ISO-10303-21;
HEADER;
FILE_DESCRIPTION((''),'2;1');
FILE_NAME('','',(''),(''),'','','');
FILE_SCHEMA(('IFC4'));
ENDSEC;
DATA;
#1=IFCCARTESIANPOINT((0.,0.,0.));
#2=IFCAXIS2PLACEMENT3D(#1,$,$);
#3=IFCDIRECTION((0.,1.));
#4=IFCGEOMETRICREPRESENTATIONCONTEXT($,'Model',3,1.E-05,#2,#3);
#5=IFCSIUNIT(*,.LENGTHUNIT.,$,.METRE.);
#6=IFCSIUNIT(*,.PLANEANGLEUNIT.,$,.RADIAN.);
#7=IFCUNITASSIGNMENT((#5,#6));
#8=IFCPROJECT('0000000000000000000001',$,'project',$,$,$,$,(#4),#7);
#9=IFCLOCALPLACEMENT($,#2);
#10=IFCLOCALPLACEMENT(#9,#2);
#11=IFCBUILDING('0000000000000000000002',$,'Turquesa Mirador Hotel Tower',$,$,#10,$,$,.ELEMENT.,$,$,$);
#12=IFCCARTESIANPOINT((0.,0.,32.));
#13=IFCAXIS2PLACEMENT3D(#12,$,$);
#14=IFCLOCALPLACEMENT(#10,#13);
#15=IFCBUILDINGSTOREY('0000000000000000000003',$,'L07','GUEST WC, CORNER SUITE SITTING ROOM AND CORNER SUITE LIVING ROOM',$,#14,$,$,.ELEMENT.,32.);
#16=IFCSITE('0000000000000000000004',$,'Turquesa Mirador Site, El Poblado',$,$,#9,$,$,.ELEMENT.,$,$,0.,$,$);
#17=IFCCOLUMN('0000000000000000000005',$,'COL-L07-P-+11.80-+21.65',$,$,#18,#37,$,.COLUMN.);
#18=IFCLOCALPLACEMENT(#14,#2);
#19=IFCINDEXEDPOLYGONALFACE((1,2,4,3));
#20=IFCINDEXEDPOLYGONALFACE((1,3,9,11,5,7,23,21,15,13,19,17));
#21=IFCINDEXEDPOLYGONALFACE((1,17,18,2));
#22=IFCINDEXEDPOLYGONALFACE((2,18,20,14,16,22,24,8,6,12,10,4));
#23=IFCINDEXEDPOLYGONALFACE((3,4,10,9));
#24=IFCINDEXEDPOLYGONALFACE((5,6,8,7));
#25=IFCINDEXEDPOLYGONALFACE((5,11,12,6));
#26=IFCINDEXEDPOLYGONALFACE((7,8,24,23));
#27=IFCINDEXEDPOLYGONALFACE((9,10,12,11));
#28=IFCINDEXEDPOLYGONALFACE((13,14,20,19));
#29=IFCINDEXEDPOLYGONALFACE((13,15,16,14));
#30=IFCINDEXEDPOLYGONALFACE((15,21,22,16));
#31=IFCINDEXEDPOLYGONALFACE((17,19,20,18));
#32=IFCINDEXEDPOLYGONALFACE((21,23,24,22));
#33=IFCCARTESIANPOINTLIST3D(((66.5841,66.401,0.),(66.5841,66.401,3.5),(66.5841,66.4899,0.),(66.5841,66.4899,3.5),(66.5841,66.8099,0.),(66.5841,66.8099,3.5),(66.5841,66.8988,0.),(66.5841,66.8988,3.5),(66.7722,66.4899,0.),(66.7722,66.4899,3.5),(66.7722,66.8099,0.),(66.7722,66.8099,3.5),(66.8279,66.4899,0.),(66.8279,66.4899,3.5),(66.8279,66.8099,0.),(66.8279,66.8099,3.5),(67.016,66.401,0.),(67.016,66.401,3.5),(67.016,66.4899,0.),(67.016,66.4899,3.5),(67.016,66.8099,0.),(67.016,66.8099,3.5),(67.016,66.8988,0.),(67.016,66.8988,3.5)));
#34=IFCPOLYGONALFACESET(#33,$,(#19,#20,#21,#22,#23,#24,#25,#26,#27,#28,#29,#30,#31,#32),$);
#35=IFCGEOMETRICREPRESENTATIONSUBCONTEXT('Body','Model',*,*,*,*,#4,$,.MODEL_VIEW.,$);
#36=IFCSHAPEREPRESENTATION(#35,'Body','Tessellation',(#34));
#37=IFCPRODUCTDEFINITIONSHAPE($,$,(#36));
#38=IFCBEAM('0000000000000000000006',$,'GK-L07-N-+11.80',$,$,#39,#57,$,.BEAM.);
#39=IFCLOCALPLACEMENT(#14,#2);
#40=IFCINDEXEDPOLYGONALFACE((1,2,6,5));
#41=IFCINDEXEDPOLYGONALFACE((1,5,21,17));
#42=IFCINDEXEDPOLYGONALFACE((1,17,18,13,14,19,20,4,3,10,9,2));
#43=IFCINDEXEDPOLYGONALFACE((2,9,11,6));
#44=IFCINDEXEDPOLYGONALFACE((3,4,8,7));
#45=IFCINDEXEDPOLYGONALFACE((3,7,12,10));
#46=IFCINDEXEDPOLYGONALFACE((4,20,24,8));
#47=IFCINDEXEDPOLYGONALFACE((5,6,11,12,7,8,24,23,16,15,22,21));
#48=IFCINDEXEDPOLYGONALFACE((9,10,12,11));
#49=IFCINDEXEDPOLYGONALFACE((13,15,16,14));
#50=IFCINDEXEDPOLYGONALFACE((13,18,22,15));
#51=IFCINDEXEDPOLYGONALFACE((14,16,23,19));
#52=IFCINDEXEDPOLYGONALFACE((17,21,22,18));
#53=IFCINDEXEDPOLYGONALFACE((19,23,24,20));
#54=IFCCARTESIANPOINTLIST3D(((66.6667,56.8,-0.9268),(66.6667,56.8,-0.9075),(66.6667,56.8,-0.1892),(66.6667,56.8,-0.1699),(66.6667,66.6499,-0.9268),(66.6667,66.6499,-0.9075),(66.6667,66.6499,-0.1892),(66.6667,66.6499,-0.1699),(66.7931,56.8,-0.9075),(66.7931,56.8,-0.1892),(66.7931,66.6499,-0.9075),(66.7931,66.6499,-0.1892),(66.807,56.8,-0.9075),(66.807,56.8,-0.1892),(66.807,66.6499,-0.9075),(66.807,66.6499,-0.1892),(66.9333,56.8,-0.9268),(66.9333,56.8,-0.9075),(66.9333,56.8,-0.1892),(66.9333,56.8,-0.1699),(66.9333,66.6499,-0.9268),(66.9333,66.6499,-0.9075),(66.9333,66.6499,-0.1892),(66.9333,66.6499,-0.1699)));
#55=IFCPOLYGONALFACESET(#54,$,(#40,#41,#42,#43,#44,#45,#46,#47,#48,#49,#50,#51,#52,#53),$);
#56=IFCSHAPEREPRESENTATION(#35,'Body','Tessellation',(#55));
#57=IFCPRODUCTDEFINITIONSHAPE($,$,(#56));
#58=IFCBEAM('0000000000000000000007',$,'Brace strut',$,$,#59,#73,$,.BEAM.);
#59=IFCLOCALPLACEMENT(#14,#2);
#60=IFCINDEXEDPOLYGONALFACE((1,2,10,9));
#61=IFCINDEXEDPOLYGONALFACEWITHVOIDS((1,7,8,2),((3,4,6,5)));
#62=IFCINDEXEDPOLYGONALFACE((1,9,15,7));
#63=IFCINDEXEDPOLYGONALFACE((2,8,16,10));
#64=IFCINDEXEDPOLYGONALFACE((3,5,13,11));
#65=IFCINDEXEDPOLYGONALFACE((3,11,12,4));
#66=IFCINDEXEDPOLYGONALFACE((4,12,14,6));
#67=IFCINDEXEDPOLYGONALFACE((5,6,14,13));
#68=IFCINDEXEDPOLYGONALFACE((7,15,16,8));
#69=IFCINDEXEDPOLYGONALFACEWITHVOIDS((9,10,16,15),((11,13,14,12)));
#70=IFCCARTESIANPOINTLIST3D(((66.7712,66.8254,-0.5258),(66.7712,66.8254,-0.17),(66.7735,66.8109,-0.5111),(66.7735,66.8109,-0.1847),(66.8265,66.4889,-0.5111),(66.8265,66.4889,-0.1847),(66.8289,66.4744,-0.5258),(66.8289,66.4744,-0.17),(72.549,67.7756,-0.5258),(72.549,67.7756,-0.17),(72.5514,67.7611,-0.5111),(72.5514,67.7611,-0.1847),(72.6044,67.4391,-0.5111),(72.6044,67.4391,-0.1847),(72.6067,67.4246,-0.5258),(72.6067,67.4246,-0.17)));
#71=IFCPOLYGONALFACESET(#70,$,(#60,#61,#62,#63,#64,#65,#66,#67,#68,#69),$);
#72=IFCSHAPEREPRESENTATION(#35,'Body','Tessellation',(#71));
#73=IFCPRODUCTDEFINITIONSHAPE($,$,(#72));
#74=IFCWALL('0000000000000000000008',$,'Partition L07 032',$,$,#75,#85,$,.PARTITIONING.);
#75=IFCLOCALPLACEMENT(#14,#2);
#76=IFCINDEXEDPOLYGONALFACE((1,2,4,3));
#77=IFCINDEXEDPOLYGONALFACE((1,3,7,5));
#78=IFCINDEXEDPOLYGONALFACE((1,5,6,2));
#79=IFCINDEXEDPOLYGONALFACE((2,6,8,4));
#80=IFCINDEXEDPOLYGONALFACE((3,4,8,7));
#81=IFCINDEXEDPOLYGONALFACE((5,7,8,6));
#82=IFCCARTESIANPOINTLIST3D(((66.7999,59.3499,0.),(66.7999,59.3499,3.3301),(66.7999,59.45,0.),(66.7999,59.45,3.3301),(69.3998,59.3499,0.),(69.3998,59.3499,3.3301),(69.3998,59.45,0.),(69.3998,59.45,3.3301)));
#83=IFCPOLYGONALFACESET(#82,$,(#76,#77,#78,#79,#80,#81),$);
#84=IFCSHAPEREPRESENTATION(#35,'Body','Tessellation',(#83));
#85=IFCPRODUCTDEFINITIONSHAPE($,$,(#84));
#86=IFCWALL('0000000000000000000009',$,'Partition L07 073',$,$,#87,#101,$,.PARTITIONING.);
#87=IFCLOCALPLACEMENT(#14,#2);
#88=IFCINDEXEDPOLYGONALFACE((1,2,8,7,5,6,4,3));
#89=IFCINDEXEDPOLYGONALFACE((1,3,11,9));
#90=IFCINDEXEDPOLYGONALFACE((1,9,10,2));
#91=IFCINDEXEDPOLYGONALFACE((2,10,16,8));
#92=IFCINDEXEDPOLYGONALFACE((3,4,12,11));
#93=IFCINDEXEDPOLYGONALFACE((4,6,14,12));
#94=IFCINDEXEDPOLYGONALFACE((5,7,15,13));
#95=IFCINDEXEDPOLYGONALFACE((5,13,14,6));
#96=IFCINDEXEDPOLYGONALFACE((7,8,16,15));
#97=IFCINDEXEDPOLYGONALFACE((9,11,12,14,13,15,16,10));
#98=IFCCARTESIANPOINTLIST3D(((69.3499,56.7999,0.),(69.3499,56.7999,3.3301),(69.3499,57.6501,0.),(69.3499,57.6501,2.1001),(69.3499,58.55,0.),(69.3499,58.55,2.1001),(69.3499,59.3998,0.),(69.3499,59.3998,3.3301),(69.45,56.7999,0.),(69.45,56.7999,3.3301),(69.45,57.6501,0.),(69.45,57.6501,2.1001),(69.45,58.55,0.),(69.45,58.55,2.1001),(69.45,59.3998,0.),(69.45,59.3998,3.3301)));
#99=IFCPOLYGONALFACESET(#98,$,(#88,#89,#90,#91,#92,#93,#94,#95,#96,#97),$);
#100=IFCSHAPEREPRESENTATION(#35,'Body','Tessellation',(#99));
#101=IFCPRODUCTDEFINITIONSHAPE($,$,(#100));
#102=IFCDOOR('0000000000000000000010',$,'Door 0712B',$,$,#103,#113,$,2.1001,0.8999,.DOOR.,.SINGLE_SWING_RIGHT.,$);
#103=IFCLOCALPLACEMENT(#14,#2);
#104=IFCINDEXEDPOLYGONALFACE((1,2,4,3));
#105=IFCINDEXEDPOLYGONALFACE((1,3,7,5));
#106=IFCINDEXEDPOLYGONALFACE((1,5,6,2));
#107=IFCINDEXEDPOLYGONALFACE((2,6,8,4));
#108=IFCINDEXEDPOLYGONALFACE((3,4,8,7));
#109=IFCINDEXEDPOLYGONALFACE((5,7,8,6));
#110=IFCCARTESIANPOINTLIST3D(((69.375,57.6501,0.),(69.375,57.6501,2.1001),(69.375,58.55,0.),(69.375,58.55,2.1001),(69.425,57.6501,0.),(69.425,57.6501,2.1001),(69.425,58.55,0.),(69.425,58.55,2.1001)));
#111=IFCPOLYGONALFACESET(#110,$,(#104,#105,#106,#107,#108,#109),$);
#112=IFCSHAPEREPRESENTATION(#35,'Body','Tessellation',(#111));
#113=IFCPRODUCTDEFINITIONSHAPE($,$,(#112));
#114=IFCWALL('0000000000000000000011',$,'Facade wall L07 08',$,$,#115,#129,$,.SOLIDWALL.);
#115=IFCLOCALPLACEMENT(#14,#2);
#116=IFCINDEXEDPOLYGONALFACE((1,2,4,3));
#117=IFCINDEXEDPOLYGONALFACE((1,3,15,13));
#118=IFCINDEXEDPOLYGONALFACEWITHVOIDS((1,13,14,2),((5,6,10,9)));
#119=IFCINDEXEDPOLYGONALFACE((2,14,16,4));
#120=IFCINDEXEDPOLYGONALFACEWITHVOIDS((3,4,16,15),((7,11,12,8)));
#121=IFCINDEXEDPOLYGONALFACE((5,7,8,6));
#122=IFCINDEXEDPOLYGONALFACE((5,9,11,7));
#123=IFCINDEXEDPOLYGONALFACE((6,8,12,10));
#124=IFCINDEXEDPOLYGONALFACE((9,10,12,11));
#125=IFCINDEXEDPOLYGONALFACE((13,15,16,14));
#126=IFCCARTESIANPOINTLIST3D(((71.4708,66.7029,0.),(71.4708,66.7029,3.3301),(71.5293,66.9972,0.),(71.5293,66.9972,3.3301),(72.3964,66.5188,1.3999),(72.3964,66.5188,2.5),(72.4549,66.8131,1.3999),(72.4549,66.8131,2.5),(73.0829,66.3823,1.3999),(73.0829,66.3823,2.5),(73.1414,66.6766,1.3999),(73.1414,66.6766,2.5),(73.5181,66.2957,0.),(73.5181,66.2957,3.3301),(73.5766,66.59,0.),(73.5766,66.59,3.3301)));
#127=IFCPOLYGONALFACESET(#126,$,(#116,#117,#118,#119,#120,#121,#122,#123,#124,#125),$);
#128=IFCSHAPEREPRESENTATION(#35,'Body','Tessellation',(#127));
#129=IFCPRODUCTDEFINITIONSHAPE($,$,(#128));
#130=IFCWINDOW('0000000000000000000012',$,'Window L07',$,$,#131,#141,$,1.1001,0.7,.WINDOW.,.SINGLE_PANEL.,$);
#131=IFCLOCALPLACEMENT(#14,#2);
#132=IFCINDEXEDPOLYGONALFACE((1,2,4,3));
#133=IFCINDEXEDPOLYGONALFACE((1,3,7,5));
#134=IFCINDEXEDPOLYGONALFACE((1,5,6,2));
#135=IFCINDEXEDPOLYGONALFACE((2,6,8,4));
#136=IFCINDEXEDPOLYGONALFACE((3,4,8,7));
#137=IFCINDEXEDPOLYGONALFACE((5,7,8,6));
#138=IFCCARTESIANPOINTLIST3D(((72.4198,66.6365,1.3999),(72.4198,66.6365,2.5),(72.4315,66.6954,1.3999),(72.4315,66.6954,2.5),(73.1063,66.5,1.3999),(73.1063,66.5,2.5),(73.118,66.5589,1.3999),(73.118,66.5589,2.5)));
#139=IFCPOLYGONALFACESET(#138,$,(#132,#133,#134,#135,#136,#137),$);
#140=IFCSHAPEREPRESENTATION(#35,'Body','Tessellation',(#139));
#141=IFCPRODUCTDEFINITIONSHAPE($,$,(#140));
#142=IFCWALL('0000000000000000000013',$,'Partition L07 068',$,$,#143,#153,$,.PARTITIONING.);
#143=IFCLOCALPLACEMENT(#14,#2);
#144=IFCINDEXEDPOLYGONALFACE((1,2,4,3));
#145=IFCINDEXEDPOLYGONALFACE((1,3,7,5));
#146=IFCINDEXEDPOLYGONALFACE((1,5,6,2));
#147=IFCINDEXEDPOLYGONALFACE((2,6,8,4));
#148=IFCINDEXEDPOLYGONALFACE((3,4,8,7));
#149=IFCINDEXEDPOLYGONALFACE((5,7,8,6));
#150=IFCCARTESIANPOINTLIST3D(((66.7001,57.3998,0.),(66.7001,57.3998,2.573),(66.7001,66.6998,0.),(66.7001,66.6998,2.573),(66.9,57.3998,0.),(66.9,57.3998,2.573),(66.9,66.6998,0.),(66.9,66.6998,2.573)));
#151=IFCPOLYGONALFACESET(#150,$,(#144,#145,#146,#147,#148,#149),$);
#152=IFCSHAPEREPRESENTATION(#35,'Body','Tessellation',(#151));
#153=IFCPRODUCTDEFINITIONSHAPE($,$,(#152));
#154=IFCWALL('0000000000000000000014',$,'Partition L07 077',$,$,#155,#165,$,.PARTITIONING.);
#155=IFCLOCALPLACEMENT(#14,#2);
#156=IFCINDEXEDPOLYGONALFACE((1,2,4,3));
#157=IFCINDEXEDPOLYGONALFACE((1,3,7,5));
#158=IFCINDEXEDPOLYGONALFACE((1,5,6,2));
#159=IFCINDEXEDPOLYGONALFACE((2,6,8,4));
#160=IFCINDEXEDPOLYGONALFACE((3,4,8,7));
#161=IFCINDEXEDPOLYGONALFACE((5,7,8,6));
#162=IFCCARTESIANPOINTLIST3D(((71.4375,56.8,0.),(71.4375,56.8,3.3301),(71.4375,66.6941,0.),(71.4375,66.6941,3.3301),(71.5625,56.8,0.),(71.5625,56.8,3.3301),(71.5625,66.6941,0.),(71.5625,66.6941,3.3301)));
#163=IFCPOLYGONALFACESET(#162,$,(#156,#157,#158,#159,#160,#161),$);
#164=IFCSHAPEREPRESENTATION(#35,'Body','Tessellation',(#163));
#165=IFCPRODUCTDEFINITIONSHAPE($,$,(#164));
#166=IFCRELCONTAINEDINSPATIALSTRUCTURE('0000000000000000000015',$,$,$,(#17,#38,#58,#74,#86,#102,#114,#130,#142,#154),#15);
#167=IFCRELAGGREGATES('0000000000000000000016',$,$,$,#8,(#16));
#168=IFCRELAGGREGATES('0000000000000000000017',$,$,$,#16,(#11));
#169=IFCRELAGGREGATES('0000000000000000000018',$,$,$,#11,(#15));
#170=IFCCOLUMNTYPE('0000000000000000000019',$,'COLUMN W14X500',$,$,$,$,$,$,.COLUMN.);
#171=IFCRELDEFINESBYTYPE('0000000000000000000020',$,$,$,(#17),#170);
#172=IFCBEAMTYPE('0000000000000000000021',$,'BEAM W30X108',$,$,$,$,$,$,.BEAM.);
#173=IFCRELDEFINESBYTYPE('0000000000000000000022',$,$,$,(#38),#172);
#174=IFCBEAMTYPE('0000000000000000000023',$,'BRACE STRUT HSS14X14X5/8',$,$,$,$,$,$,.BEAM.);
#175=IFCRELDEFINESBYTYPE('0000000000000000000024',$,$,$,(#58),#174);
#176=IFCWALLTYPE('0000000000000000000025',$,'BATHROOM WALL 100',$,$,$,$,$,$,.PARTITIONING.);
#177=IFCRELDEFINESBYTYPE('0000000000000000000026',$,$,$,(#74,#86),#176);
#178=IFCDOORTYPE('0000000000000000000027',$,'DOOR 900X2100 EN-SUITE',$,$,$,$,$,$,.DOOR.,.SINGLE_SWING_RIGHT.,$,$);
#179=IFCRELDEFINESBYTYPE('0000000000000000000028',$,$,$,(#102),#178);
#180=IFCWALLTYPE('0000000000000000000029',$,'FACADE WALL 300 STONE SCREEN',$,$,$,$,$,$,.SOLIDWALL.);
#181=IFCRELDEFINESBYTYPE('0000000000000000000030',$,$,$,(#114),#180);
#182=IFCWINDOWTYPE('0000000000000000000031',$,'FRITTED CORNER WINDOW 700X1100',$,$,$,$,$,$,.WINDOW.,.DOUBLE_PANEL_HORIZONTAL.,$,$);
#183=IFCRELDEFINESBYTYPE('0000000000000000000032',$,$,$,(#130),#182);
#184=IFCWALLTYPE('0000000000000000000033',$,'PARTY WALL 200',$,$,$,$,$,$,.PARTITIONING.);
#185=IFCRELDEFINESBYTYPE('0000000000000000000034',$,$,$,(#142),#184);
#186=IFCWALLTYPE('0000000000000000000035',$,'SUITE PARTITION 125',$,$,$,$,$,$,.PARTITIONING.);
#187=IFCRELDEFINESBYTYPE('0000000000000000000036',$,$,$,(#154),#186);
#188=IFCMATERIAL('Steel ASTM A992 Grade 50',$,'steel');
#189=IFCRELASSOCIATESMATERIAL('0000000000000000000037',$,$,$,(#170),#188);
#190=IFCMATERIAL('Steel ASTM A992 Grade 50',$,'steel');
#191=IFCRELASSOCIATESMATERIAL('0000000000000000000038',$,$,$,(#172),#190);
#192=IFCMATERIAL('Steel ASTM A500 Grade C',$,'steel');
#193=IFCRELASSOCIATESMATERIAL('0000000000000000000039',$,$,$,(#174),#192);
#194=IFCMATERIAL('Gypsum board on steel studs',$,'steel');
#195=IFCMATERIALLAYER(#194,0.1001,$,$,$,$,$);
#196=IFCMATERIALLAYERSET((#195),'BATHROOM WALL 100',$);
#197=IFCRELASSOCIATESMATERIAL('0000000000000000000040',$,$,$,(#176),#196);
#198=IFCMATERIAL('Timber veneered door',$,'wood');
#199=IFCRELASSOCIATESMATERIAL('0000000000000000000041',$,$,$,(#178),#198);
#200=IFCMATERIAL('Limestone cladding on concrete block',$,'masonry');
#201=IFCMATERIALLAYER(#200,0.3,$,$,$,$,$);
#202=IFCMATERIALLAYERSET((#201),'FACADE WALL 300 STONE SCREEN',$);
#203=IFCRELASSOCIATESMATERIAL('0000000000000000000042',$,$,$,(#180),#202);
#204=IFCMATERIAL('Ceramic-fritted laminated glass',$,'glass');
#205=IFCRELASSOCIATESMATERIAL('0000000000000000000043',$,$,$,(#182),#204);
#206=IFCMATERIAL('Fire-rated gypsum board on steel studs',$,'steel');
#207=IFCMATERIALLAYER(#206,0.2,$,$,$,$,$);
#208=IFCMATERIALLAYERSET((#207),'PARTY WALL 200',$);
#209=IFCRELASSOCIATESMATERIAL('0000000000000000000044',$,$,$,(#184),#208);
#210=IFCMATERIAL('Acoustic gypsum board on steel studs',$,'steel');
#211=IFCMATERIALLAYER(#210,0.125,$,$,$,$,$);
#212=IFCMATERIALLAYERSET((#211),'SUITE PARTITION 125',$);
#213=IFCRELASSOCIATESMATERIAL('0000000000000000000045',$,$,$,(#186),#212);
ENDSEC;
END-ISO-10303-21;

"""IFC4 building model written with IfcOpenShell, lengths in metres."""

from ifc_helpers import new_model, si_unit, direction, frame, frame_2d, origin, origin_2d, place, context, subcontext, project, spatial, rectangle, hollow_rectangle, i_section, extrude, material, layer, layer_set, material_profile, profile_set, type_object, element, fill, save


model = new_model("IFC4")

# Units and contexts
model_context = context("Model", 3, precision=1e-05, world=origin(), true_north=direction((0.0, 1.0)))
body_context = subcontext(model_context, "Body", "Model", "MODEL_VIEW")
ifc_project = project(units=[si_unit("LENGTHUNIT", "METRE"), si_unit("PLANEANGLEUNIT", "RADIAN")], contexts=[model_context])

# Site, building, storey
site_placement = place(None, origin())
site = spatial("IfcSite", under=ifc_project, at=site_placement, Name="Turquesa Mirador Site, El Poblado", CompositionType="ELEMENT", RefElevation=0.0)
building_placement = place(site_placement, origin())
building = spatial("IfcBuilding", under=site, at=building_placement, Name="Turquesa Mirador Hotel Tower", CompositionType="ELEMENT")
storey_placement = place(building_placement, frame((0.0, 0.0, 32.0)))
storey = spatial("IfcBuildingStorey", under=building, at=storey_placement, Name="L07", Description="GUEST WC, CORNER SUITE SITTING ROOM AND CORNER SUITE LIVING ROOM", CompositionType="ELEMENT", Elevation=32.0)

# Column
ifc_material_1 = material(Name="Steel ASTM A992 Grade 50", Category="steel")
ifc_material_profile_1 = material_profile(ifc_material_1, i_section(OverallWidth=0.4319, OverallDepth=0.4978, WebThickness=0.0557, FlangeThickness=0.0889, at=origin_2d()), Name="W14X500")
ifc_profile_set_1 = profile_set([ifc_material_profile_1], Name="Steel ASTM A992 Grade 50")
column_type = type_object("IfcColumnType", Name="COLUMN W14X500", PredefinedType="COLUMN", material=ifc_profile_set_1)
column_placement = place(storey_placement, frame((66.8, 66.6499, 0.0), z_axis=(0.0, 0.0, 1.0), x_axis=(1.0, 0.0, 0.0)))
element("IfcColumn", 1, at=column_placement, inside=storey, type_object=column_type, Name="COL-L07-P-+11.80-+21.65", PredefinedType="COLUMN", context=body_context, shape_type="SweptSolid", body=[
    extrude(i_section(OverallWidth=0.4319, OverallDepth=0.4978, WebThickness=0.0557, FlangeThickness=0.0889, at=origin_2d()), origin(), (0.0, 0.0, 1.0), 3.5),
])

# Beams
ifc_material_2 = material(Name="Steel ASTM A992 Grade 50", Category="steel")
ifc_material_profile_2 = material_profile(ifc_material_2, i_section(OverallWidth=0.2666, OverallDepth=0.7568, WebThickness=0.0139, FlangeThickness=0.0193, at=origin_2d()), Name="W30X108")
ifc_profile_set_2 = profile_set([ifc_material_profile_2], Name="Steel ASTM A992 Grade 50")
beam_type_1 = type_object("IfcBeamType", Name="BEAM W30X108", PredefinedType="BEAM", material=ifc_profile_set_2)
beam_1_placement = place(storey_placement, frame((66.8, 66.6499, -0.5483), z_axis=(0.0, -1.0, 0.0), x_axis=(1.0, 0.0, 0.0)))
element("IfcBeam", 2, at=beam_1_placement, inside=storey, type_object=beam_type_1, Name="GK-L07-N-+11.80", PredefinedType="BEAM", context=body_context, shape_type="SweptSolid", body=[
    extrude(i_section(OverallWidth=0.2666, OverallDepth=0.7568, WebThickness=0.0139, FlangeThickness=0.0193, at=origin_2d()), origin(), (0.0, 0.0, 1.0), 9.8499),
])
ifc_material_3 = material(Name="Steel ASTM A500 Grade C", Category="steel")
ifc_material_profile_3 = material_profile(ifc_material_3, hollow_rectangle(XDim=0.3557, YDim=0.3557, WallThickness=0.0146, at=origin_2d()), Name="HSS14X14X5/8")
ifc_profile_set_3 = profile_set([ifc_material_profile_3], Name="Steel ASTM A500 Grade C")
beam_type_2 = type_object("IfcBeamType", Name="BRACE STRUT HSS14X14X5/8", PredefinedType="BEAM", material=ifc_profile_set_3)
beam_2_placement = place(storey_placement, frame((72.5779, 67.6001, -0.3479), z_axis=(-0.986745, -0.162276, 0.0), x_axis=(0.162276, -0.986745, 0.0)))
element("IfcBeam", 3, at=beam_2_placement, inside=storey, type_object=beam_type_2, Name="Brace strut", PredefinedType="BEAM", context=body_context, shape_type="SweptSolid", body=[
    extrude(hollow_rectangle(XDim=0.3557, YDim=0.3557, WallThickness=0.0146, at=origin_2d()), origin(), (0.0, 0.0, 1.0), 5.8555),
])

# Wall
ifc_material_4 = material(Name="Gypsum board on steel studs", Category="steel")
ifc_layer_1 = layer(ifc_material_4, 0.1001)
ifc_layer_set_1 = layer_set([ifc_layer_1], Name="BATHROOM WALL 100")
wall_type_1 = type_object("IfcWallType", Name="BATHROOM WALL 100", PredefinedType="PARTITIONING", material=ifc_layer_set_1)
wall_1_placement = place(storey_placement, frame((66.8, 59.3999, 0.0), z_axis=(0.0, 0.0, 1.0), x_axis=(1.0, 0.0, 0.0)))
element("IfcWall", 4, at=wall_1_placement, inside=storey, type_object=wall_type_1, Name="Partition L07 032", PredefinedType="PARTITIONING", context=body_context, shape_type="SweptSolid", body=[
    extrude(rectangle(XDim=2.5999, YDim=0.1001, at=frame_2d((1.2998, 0.0))), origin(), (0.0, 0.0, 1.0), 3.3301),
])

# Wall, opening, door
wall_2_placement = place(storey_placement, frame((69.3999, 56.8, 0.0), z_axis=(0.0, 0.0, 1.0), x_axis=(0.0, 1.0, 0.0)))
wall_2 = element("IfcWall", 5, at=wall_2_placement, inside=storey, type_object=wall_type_1, Name="Partition L07 073", PredefinedType="PARTITIONING", context=body_context, shape_type="SweptSolid", body=[
    extrude(rectangle(XDim=2.5999, YDim=0.1001, at=frame_2d((1.2998, 0.0))), origin(), (0.0, 0.0, 1.0), 3.3301),
])
opening_1_placement = place(wall_2_placement, frame((0.8501, 0.0, 0.0)))
opening_1 = element("IfcOpeningElement", 6, at=opening_1_placement, cuts=wall_2, PredefinedType="OPENING", context=body_context, shape_type="SweptSolid", body=[
    extrude(rectangle(XDim=0.8999, YDim=2.1001, at=frame_2d((0.45, 1.05))), frame((0.0, 0.0601, 0.0), z_axis=(0.0, -1.0, 0.0), x_axis=(1.0, 0.0, 0.0)), (0.0, 0.0, 1.0), 0.1201),
])
ifc_material_5 = material(Name="Timber veneered door", Category="wood")
door_type = type_object("IfcDoorType", Name="DOOR 900X2100 EN-SUITE", OperationType="SINGLE_SWING_RIGHT", PredefinedType="DOOR", material=ifc_material_5)
door_placement = place(opening_1_placement, origin())
door = element("IfcDoor", 7, at=door_placement, inside=storey, type_object=door_type, Name="Door 0712B", OperationType="SINGLE_SWING_RIGHT", OverallHeight=2.1001, OverallWidth=0.8999, PredefinedType="DOOR", context=body_context, shape_type="SweptSolid", body=[
    extrude(rectangle(XDim=0.8999, YDim=2.1001, at=frame_2d((0.45, 1.05))), frame((0.0, 0.0249, 0.0), z_axis=(0.0, -1.0, 0.0), x_axis=(1.0, 0.0, 0.0)), (0.0, 0.0, 1.0), 0.05),
])
fill(opening_1, door)

# Wall, opening, window
ifc_material_6 = material(Name="Limestone cladding on concrete block", Category="masonry")
ifc_layer_2 = layer(ifc_material_6, 0.3)
ifc_layer_set_2 = layer_set([ifc_layer_2], Name="FACADE WALL 300 STONE SCREEN")
wall_type_2 = type_object("IfcWallType", Name="FACADE WALL 300 STONE SCREEN", PredefinedType="SOLIDWALL", material=ifc_layer_set_2)
wall_3_placement = place(storey_placement, frame((73.5474, 66.4429, 0.0), z_axis=(0.0, 0.0, 1.0), x_axis=(-0.980787, 0.195081, 0.0)))
wall_3 = element("IfcWall", 8, at=wall_3_placement, inside=storey, type_object=wall_type_2, Name="Facade wall L07 08", PredefinedType="SOLIDWALL", context=body_context, shape_type="SweptSolid", body=[
    extrude(rectangle(XDim=2.0874, YDim=0.3, at=frame_2d((1.0437, 0.0))), origin(), (0.0, 0.0, 1.0), 3.3301),
])
opening_2_placement = place(wall_3_placement, frame((0.4436, 0.0, 1.3999)))
opening_2 = element("IfcOpeningElement", 9, at=opening_2_placement, cuts=wall_3, PredefinedType="OPENING", context=body_context, shape_type="SweptSolid", body=[
    extrude(rectangle(XDim=0.7, YDim=1.1001, at=frame_2d((0.3501, 0.55))), frame((0.0, 0.1599, 0.0), z_axis=(0.0, -1.0, 0.0), x_axis=(1.0, 0.0, 0.0)), (0.0, 0.0, 1.0), 0.3201),
])
ifc_material_7 = material(Name="Ceramic-fritted laminated glass", Category="glass")
window_type_1 = type_object("IfcWindowType", Name="FRITTED CORNER WINDOW 700X1100", PartitioningType="DOUBLE_PANEL_HORIZONTAL", PredefinedType="WINDOW", material=ifc_material_7)
window_1_placement = place(opening_2_placement, origin())
window_1 = element("IfcWindow", 10, at=window_1_placement, inside=storey, type_object=window_type_1, Name="Window L07", OverallHeight=1.1001, OverallWidth=0.7, PartitioningType="SINGLE_PANEL", PredefinedType="WINDOW", context=body_context, shape_type="SweptSolid", body=[
    extrude(rectangle(XDim=0.7, YDim=1.1001, at=frame_2d((0.3501, 0.55))), frame((0.0, 0.03, 0.0), z_axis=(0.0, -1.0, 0.0), x_axis=(1.0, 0.0, 0.0)), (0.0, 0.0, 1.0), 0.0601),
])
fill(opening_2, window_1)

# Walls
ifc_material_8 = material(Name="Fire-rated gypsum board on steel studs", Category="steel")
ifc_layer_3 = layer(ifc_material_8, 0.2)
ifc_layer_set_3 = layer_set([ifc_layer_3], Name="PARTY WALL 200")
wall_type_3 = type_object("IfcWallType", Name="PARTY WALL 200", PredefinedType="PARTITIONING", material=ifc_layer_set_3)
wall_4_placement = place(storey_placement, frame((66.8, 57.3999, 0.0), z_axis=(0.0, 0.0, 1.0), x_axis=(0.0, 1.0, 0.0)))
element("IfcWall", 11, at=wall_4_placement, inside=storey, type_object=wall_type_3, Name="Partition L07 068", PredefinedType="PARTITIONING", context=body_context, shape_type="SweptSolid", body=[
    extrude(rectangle(XDim=9.3, YDim=0.2, at=frame_2d((4.6499, 0.0))), origin(), (0.0, 0.0, 1.0), 2.573),
])
ifc_material_9 = material(Name="Acoustic gypsum board on steel studs", Category="steel")
ifc_layer_4 = layer(ifc_material_9, 0.125)
ifc_layer_set_4 = layer_set([ifc_layer_4], Name="SUITE PARTITION 125")
wall_type_4 = type_object("IfcWallType", Name="SUITE PARTITION 125", PredefinedType="PARTITIONING", material=ifc_layer_set_4)
wall_5_placement = place(storey_placement, frame((71.5, 56.8, 0.0), z_axis=(0.0, 0.0, 1.0), x_axis=(0.0, 1.0, 0.0)))
element("IfcWall", 12, at=wall_5_placement, inside=storey, type_object=wall_type_4, Name="Partition L07 077", PredefinedType="PARTITIONING", context=body_context, shape_type="SweptSolid", body=[
    extrude(rectangle(XDim=9.894, YDim=0.125, at=frame_2d((4.947, 0.0))), origin(), (0.0, 0.0, 1.0), 3.3301),
])

save(model, "model.ifc")
